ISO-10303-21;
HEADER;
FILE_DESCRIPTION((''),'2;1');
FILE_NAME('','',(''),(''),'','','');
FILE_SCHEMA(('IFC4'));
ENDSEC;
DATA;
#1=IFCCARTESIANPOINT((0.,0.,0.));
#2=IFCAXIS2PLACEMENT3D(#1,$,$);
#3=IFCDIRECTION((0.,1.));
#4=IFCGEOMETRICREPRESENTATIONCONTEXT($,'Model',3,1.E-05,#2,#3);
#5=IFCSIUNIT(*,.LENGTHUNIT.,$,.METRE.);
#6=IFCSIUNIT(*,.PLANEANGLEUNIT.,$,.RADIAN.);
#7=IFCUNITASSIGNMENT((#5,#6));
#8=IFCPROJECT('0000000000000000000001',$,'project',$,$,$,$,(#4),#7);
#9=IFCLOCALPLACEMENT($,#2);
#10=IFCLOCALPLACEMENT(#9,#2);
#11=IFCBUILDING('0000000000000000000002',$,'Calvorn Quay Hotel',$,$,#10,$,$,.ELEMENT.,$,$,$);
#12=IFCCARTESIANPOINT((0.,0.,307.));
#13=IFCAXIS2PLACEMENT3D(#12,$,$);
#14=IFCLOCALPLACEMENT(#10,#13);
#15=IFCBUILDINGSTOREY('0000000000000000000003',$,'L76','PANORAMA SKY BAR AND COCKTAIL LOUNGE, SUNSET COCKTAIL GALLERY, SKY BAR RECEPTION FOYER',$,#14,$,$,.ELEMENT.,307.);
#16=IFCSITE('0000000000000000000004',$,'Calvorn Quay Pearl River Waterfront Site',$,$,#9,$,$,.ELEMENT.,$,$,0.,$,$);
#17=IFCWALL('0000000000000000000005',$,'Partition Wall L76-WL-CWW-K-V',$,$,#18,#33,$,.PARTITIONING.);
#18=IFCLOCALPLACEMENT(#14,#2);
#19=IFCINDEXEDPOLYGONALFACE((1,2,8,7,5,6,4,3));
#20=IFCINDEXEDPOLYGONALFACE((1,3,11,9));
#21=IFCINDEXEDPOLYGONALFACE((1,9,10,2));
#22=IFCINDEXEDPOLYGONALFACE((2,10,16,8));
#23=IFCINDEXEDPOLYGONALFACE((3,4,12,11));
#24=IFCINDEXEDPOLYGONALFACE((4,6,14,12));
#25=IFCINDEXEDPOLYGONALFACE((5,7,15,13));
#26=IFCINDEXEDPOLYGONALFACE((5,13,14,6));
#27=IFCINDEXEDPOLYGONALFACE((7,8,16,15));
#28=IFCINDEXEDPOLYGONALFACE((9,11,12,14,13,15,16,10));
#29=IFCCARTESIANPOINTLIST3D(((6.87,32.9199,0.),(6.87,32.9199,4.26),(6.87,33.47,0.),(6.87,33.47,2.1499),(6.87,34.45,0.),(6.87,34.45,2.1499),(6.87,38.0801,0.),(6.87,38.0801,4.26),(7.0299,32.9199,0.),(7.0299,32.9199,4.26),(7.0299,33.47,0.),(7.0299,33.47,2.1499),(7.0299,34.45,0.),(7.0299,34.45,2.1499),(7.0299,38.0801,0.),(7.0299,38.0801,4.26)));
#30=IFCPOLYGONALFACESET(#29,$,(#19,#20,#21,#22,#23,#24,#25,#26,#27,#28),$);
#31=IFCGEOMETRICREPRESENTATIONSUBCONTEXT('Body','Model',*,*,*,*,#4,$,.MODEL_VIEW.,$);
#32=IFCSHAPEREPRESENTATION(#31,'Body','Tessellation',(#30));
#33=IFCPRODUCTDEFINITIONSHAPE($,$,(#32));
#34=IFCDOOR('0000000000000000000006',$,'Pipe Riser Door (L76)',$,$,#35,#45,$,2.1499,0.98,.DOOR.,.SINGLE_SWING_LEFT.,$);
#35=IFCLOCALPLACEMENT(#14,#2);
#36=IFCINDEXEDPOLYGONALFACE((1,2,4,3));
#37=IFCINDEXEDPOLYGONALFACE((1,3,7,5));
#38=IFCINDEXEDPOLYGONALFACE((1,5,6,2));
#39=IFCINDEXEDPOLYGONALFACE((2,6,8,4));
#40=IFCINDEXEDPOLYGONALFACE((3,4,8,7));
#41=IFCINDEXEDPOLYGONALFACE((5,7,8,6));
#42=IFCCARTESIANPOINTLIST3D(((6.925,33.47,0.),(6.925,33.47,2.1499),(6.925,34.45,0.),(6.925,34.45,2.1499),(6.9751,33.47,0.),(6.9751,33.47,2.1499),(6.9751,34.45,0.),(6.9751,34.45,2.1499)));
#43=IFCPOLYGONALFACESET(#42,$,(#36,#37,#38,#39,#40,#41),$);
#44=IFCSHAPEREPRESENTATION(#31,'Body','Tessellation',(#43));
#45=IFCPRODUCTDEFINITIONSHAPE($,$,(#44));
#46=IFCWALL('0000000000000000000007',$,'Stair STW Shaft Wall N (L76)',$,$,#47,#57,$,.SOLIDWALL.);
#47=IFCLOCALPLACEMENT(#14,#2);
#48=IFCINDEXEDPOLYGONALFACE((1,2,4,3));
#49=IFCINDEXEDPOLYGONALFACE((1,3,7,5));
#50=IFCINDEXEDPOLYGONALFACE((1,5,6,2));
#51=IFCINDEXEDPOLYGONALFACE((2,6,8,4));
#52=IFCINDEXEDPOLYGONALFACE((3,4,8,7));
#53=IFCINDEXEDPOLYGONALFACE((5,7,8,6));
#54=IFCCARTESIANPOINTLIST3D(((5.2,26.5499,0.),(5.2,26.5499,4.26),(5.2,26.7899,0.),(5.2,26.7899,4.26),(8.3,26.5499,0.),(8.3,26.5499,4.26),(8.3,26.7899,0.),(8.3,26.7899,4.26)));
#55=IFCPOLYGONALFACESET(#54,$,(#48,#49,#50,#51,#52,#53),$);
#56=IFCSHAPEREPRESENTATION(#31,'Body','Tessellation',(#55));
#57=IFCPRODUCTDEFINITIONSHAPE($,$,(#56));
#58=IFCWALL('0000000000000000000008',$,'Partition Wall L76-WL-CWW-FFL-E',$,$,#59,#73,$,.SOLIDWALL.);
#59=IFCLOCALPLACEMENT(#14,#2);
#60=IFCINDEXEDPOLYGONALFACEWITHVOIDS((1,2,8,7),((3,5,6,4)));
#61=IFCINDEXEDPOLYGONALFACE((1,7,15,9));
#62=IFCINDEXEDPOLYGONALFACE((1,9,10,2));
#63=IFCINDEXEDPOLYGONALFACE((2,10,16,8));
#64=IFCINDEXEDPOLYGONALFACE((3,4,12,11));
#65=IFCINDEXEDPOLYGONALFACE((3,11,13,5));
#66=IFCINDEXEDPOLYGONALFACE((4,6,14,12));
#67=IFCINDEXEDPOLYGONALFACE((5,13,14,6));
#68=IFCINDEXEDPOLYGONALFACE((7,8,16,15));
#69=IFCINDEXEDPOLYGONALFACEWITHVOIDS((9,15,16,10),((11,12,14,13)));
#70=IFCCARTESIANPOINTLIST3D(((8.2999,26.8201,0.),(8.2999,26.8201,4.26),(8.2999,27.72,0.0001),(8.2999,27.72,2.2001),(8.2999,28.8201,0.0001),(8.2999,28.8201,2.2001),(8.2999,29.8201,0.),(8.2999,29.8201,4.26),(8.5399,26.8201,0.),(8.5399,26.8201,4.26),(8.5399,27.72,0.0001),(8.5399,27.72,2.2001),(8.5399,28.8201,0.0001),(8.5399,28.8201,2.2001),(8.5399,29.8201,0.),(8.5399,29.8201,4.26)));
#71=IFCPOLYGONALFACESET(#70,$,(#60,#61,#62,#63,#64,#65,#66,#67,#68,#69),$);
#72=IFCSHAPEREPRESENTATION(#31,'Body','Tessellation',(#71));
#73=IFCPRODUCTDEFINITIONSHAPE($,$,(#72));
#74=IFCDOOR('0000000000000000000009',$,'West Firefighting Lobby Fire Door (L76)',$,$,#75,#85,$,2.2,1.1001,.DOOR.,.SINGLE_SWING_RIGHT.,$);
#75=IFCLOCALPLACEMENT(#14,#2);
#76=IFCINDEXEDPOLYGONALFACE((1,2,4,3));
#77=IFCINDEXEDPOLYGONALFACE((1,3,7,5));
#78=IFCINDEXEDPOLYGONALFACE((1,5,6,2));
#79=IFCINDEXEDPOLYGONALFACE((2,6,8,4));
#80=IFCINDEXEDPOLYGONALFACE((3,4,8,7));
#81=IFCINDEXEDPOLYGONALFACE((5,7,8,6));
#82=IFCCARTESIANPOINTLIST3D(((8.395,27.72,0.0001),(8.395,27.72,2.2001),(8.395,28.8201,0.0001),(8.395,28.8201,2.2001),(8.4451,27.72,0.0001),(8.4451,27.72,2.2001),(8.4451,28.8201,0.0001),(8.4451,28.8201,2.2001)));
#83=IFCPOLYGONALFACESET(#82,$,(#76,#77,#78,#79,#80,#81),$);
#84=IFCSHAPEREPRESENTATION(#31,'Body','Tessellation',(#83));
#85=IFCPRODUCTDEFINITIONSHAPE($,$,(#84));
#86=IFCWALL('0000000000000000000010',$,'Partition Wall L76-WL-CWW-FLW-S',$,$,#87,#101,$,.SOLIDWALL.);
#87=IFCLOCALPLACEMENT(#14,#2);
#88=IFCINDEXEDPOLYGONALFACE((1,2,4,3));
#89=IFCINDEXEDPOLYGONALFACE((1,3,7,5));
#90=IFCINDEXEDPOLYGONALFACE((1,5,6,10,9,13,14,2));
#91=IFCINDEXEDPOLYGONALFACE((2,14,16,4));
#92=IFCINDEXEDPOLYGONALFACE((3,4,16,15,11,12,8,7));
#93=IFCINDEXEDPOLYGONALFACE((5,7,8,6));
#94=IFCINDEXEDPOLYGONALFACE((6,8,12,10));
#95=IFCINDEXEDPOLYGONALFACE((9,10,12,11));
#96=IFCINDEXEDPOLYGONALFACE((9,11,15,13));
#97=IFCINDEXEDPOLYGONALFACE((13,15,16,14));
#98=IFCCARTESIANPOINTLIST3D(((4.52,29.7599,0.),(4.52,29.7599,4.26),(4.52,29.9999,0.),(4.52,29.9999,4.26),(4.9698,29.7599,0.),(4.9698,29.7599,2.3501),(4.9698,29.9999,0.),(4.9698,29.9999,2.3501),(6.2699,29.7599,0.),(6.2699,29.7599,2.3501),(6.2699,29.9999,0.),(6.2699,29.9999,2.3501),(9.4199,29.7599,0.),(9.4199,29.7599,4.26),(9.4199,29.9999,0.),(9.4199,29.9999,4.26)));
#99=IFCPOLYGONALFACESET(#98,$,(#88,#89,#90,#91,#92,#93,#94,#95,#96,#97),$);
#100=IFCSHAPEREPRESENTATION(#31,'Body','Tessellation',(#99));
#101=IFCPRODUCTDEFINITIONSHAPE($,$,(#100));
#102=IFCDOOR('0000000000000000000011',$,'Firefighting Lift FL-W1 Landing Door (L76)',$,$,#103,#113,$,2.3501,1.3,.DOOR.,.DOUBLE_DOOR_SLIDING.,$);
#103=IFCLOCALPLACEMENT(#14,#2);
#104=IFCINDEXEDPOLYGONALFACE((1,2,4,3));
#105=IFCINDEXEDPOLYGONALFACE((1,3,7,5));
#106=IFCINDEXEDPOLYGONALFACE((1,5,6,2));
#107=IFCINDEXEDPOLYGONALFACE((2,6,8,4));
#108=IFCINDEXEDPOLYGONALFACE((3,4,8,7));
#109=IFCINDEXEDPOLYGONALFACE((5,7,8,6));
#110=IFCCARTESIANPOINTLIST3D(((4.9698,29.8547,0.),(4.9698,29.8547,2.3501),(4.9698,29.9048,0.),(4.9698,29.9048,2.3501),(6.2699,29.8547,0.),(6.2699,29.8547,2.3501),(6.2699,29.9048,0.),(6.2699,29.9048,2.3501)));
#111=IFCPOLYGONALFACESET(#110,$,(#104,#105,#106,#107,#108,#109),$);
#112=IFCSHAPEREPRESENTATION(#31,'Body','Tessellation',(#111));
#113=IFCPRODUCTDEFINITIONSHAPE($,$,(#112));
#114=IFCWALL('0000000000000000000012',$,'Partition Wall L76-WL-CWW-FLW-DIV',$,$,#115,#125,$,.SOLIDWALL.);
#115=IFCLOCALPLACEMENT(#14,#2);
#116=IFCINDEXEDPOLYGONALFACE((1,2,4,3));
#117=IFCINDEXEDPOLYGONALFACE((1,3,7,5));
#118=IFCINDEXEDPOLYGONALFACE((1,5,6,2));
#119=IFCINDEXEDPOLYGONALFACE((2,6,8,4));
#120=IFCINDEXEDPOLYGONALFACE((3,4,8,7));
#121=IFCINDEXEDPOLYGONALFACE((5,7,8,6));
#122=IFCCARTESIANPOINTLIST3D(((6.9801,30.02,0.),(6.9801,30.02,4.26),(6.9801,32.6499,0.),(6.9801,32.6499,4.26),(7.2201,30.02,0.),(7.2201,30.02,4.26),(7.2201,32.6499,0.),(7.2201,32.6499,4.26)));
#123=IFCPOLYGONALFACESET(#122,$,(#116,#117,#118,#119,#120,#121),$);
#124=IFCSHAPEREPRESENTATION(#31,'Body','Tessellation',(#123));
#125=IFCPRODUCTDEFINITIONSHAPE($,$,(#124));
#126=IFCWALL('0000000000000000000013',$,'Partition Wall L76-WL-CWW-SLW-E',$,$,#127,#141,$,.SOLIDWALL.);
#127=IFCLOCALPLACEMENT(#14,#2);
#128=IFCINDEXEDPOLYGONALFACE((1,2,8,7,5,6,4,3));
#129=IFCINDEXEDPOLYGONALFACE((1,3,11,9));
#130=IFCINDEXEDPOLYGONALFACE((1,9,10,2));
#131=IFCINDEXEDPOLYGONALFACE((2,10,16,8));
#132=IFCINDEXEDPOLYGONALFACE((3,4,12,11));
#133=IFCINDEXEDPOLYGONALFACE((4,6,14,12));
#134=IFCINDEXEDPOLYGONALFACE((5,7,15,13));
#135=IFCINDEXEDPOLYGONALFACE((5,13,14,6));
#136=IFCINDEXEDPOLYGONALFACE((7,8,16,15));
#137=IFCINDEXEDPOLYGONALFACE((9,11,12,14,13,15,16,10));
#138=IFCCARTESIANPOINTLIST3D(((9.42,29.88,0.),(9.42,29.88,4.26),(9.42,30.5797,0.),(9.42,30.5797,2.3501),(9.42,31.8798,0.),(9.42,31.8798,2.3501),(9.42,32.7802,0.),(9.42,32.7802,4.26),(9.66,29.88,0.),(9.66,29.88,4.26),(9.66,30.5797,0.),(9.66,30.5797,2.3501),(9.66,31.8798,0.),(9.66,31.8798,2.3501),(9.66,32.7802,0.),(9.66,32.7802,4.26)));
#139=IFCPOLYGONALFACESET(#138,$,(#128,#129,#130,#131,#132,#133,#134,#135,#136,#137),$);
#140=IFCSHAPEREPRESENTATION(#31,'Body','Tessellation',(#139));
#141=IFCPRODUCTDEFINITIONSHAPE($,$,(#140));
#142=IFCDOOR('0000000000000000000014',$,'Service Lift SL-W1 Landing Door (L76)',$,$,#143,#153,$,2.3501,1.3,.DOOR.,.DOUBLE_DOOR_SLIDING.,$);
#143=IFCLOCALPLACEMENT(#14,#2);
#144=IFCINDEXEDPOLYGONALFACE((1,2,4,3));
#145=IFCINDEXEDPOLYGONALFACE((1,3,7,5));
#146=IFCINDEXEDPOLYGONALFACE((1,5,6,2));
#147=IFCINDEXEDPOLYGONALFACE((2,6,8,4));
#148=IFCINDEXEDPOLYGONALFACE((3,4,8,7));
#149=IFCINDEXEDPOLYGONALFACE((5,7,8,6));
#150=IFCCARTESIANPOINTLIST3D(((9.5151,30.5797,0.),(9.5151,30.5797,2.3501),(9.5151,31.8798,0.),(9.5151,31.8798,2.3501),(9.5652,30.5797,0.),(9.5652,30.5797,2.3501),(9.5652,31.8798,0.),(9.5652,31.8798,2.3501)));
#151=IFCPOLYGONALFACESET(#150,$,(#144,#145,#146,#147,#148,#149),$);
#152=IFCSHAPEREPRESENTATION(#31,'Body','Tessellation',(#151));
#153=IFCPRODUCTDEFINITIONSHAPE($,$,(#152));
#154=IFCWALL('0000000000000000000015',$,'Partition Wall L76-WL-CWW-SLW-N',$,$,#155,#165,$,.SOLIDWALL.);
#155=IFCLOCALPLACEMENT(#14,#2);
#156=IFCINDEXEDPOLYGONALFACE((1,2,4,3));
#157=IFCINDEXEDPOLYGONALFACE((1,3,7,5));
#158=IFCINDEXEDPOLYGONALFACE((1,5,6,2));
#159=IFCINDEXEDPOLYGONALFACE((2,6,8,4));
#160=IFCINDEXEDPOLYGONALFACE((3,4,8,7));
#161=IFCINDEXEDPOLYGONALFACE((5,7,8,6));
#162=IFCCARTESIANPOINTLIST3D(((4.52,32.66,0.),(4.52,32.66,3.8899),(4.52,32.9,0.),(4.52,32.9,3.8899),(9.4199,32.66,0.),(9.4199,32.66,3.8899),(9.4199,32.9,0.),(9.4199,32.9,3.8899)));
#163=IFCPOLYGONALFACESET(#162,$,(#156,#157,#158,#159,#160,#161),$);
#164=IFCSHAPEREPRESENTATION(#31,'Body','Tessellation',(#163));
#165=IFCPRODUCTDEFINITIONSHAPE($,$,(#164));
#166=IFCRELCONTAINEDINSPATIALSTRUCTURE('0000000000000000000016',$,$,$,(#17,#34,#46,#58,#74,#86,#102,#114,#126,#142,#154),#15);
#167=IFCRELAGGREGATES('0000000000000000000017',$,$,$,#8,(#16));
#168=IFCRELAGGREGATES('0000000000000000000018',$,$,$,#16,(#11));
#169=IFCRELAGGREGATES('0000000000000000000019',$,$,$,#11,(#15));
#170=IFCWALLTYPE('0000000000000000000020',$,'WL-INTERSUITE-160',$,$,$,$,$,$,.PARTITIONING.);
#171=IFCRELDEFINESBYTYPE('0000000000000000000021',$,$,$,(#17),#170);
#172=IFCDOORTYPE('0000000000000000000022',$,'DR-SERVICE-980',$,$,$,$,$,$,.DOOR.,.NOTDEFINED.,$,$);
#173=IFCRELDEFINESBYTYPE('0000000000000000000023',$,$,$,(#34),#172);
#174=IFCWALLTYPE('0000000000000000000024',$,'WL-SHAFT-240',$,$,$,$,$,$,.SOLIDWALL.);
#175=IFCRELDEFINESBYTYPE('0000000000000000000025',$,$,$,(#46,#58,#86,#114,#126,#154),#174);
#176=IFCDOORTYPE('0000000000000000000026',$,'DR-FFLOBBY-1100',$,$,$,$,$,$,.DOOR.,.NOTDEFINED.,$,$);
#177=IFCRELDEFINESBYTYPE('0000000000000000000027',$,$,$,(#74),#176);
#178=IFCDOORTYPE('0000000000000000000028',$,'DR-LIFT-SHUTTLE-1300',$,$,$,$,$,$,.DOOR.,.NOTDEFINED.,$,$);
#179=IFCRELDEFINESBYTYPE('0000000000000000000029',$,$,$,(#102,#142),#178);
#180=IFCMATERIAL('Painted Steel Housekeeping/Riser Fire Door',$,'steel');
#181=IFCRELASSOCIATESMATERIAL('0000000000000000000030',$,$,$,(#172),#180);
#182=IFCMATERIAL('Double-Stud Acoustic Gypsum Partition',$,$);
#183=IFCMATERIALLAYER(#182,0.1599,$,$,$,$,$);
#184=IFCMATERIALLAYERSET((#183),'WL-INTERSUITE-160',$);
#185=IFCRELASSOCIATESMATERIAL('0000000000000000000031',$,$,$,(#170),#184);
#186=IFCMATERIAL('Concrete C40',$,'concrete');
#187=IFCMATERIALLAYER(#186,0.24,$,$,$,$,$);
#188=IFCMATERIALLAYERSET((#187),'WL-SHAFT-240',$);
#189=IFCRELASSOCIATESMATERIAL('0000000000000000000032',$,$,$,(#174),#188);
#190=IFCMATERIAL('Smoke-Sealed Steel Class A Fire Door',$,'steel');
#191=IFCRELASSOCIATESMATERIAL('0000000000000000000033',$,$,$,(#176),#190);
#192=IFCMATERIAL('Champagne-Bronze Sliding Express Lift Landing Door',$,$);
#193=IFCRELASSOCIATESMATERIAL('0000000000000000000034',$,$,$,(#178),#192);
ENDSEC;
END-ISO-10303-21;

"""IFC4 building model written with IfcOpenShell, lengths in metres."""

from ifc_helpers import new_model, si_unit, direction, frame, frame_2d, origin, place, context, subcontext, project, spatial, rectangle, extrude, material, layer, layer_set, type_object, element, fill, save


model = new_model("IFC4")

# Units and contexts
model_context = context("Model", 3, precision=1e-05, world=origin(), true_north=direction((0.0, 1.0)))
body_context = subcontext(model_context, "Body", "Model", "MODEL_VIEW")
ifc_project = project(units=[si_unit("LENGTHUNIT", "METRE"), si_unit("PLANEANGLEUNIT", "RADIAN")], contexts=[model_context])

# Site, building, storey
site_placement = place(None, origin())
site = spatial("IfcSite", under=ifc_project, at=site_placement, Name="Calvorn Quay Pearl River Waterfront Site", CompositionType="ELEMENT", RefElevation=0.0)
building_placement = place(site_placement, origin())
building = spatial("IfcBuilding", under=site, at=building_placement, Name="Calvorn Quay Hotel", CompositionType="ELEMENT")
storey_placement = place(building_placement, frame((0.0, 0.0, 307.0)))
storey = spatial("IfcBuildingStorey", under=building, at=storey_placement, Name="L76", Description="PANORAMA SKY BAR AND COCKTAIL LOUNGE, SUNSET COCKTAIL GALLERY, SKY BAR RECEPTION FOYER", CompositionType="ELEMENT", Elevation=307.0)

# Wall, opening, door
ifc_material_1 = material(Name="Painted Steel Housekeeping/Riser Fire Door", Category="steel")
door_type_1 = type_object("IfcDoorType", Name="DR-SERVICE-980", OperationType="NOTDEFINED", PredefinedType="DOOR", material=ifc_material_1)
ifc_material_2 = material(Name="Double-Stud Acoustic Gypsum Partition")
ifc_layer_1 = layer(ifc_material_2, 0.1599)
ifc_layer_set_1 = layer_set([ifc_layer_1], Name="WL-INTERSUITE-160")
wall_type_1 = type_object("IfcWallType", Name="WL-INTERSUITE-160", PredefinedType="PARTITIONING", material=ifc_layer_set_1)
wall_1_placement = place(storey_placement, frame((6.95, 32.9199, 0.0), z_axis=(0.0, 0.0, 1.0), x_axis=(0.0, 1.0, 0.0)))
wall_1 = element("IfcWall", 1, at=wall_1_placement, inside=storey, type_object=wall_type_1, Name="Partition Wall L76-WL-CWW-K-V", PredefinedType="PARTITIONING", context=body_context, shape_type="SweptSolid", body=[
    extrude(rectangle(XDim=5.1602, YDim=0.1599, at=frame_2d((2.5801, 0.0))), origin(), (0.0, 0.0, 1.0), 4.26),
])
opening_1_placement = place(wall_1_placement, frame((0.55, 0.0, 0.0)))
opening_1 = element("IfcOpeningElement", 2, at=opening_1_placement, cuts=wall_1, PredefinedType="OPENING", context=body_context, shape_type="SweptSolid", body=[
    extrude(rectangle(XDim=0.98, YDim=2.1499, at=frame_2d((0.49, 1.075))), frame((0.0, 0.0898, 0.0), z_axis=(0.0, -1.0, 0.0), x_axis=(1.0, 0.0, 0.0)), (0.0, 0.0, 1.0), 0.1799),
])
door_1_placement = place(opening_1_placement, origin())
door_1 = element("IfcDoor", 3, at=door_1_placement, inside=storey, type_object=door_type_1, Name="Pipe Riser Door (L76)", OperationType="SINGLE_SWING_LEFT", OverallHeight=2.1499, OverallWidth=0.98, PredefinedType="DOOR", context=body_context, shape_type="SweptSolid", body=[
    extrude(rectangle(XDim=0.98, YDim=2.1499, at=frame_2d((0.49, 1.075))), frame((0.0, 0.0249, 0.0), z_axis=(0.0, -1.0, 0.0), x_axis=(1.0, 0.0, 0.0)), (0.0, 0.0, 1.0), 0.05),
])
fill(opening_1, door_1)

# Wall
ifc_material_3 = material(Name="Concrete C40", Category="concrete")
ifc_layer_2 = layer(ifc_material_3, 0.24)
ifc_layer_set_2 = layer_set([ifc_layer_2], Name="WL-SHAFT-240")
wall_type_2 = type_object("IfcWallType", Name="WL-SHAFT-240", PredefinedType="SOLIDWALL", material=ifc_layer_set_2)
wall_2_placement = place(storey_placement, frame((5.2, 26.6699, 0.0), z_axis=(0.0, 0.0, 1.0), x_axis=(1.0, 0.0, 0.0)))
element("IfcWall", 4, at=wall_2_placement, inside=storey, type_object=wall_type_2, Name="Stair STW Shaft Wall N (L76)", PredefinedType="SOLIDWALL", context=body_context, shape_type="SweptSolid", body=[
    extrude(rectangle(XDim=3.1001, YDim=0.24, at=frame_2d((1.55, 0.0))), origin(), (0.0, 0.0, 1.0), 4.26),
])

# Walls, openings, doors
wall_3_placement = place(storey_placement, frame((8.4199, 26.8201, 0.0), z_axis=(0.0, 0.0, 1.0), x_axis=(0.0, 1.0, 0.0)))
wall_3 = element("IfcWall", 5, at=wall_3_placement, inside=storey, type_object=wall_type_2, Name="Partition Wall L76-WL-CWW-FFL-E", PredefinedType="SOLIDWALL", context=body_context, shape_type="SweptSolid", body=[
    extrude(rectangle(XDim=3.0, YDim=0.24, at=frame_2d((1.5, 0.0))), origin(), (0.0, 0.0, 1.0), 4.26),
])
opening_2_placement = place(wall_3_placement, frame((0.8999, 0.0, 0.0)))
opening_2 = element("IfcOpeningElement", 6, at=opening_2_placement, cuts=wall_3, PredefinedType="OPENING", context=body_context, shape_type="SweptSolid", body=[
    extrude(rectangle(XDim=1.1001, YDim=2.2, at=frame_2d((0.55, 1.1001))), frame((0.0, 0.1299, 0.0), z_axis=(0.0, -1.0, 0.0), x_axis=(1.0, 0.0, 0.0)), (0.0, 0.0, 1.0), 0.26),
])
ifc_material_4 = material(Name="Smoke-Sealed Steel Class A Fire Door", Category="steel")
door_type_2 = type_object("IfcDoorType", Name="DR-FFLOBBY-1100", OperationType="NOTDEFINED", PredefinedType="DOOR", material=ifc_material_4)
door_2_placement = place(opening_2_placement, origin())
door_2 = element("IfcDoor", 7, at=door_2_placement, inside=storey, type_object=door_type_2, Name="West Firefighting Lobby Fire Door (L76)", OperationType="SINGLE_SWING_RIGHT", OverallHeight=2.2, OverallWidth=1.1001, PredefinedType="DOOR", context=body_context, shape_type="SweptSolid", body=[
    extrude(rectangle(XDim=1.1001, YDim=2.2, at=frame_2d((0.55, 1.1001))), frame((0.0, 0.0249, 0.0), z_axis=(0.0, -1.0, 0.0), x_axis=(1.0, 0.0, 0.0)), (0.0, 0.0, 1.0), 0.05),
])
fill(opening_2, door_2)
wall_4_placement = place(storey_placement, frame((4.52, 29.8799, 0.0), z_axis=(0.0, 0.0, 1.0), x_axis=(1.0, 0.0, 0.0)))
wall_4 = element("IfcWall", 8, at=wall_4_placement, inside=storey, type_object=wall_type_2, Name="Partition Wall L76-WL-CWW-FLW-S", PredefinedType="SOLIDWALL", context=body_context, shape_type="SweptSolid", body=[
    extrude(rectangle(XDim=4.8999, YDim=0.24, at=frame_2d((2.45, 0.0))), origin(), (0.0, 0.0, 1.0), 4.26),
])
opening_3_placement = place(wall_4_placement, frame((0.45, 0.0, 0.0)))
opening_3 = element("IfcOpeningElement", 9, at=opening_3_placement, cuts=wall_4, PredefinedType="OPENING", context=body_context, shape_type="SweptSolid", body=[
    extrude(rectangle(XDim=1.3, YDim=2.3501, at=frame_2d((0.6499, 1.175))), frame((0.0, 0.1299, 0.0), z_axis=(0.0, -1.0, 0.0), x_axis=(1.0, 0.0, 0.0)), (0.0, 0.0, 1.0), 0.26),
])
ifc_material_5 = material(Name="Champagne-Bronze Sliding Express Lift Landing Door")
door_type_3 = type_object("IfcDoorType", Name="DR-LIFT-SHUTTLE-1300", OperationType="NOTDEFINED", PredefinedType="DOOR", material=ifc_material_5)
door_3_placement = place(opening_3_placement, origin())
door_3 = element("IfcDoor", 10, at=door_3_placement, inside=storey, type_object=door_type_3, Name="Firefighting Lift FL-W1 Landing Door (L76)", OperationType="DOUBLE_DOOR_SLIDING", OverallHeight=2.3501, OverallWidth=1.3, PredefinedType="DOOR", context=body_context, shape_type="SweptSolid", body=[
    extrude(rectangle(XDim=1.3, YDim=2.3501, at=frame_2d((0.6499, 1.175))), frame((0.0, 0.0249, 0.0), z_axis=(0.0, -1.0, 0.0), x_axis=(1.0, 0.0, 0.0)), (0.0, 0.0, 1.0), 0.05),
])
fill(opening_3, door_3)

# Wall
wall_5_placement = place(storey_placement, frame((7.1001, 30.02, 0.0), z_axis=(0.0, 0.0, 1.0), x_axis=(0.0, 1.0, 0.0)))
element("IfcWall", 11, at=wall_5_placement, inside=storey, type_object=wall_type_2, Name="Partition Wall L76-WL-CWW-FLW-DIV", PredefinedType="SOLIDWALL", context=body_context, shape_type="SweptSolid", body=[
    extrude(rectangle(XDim=2.6299, YDim=0.24, at=frame_2d((1.3149, 0.0))), origin(), (0.0, 0.0, 1.0), 4.26),
])

# Wall, opening, door
wall_6_placement = place(storey_placement, frame((9.54, 29.8799, 0.0), z_axis=(0.0, 0.0, 1.0), x_axis=(0.0, 1.0, 0.0)))
wall_6 = element("IfcWall", 12, at=wall_6_placement, inside=storey, type_object=wall_type_2, Name="Partition Wall L76-WL-CWW-SLW-E", PredefinedType="SOLIDWALL", context=body_context, shape_type="SweptSolid", body=[
    extrude(rectangle(XDim=2.9001, YDim=0.24, at=frame_2d((1.4502, 0.0))), origin(), (0.0, 0.0, 1.0), 4.26),
])
opening_4_placement = place(wall_6_placement, frame((0.7, 0.0, 0.0)))
opening_4 = element("IfcOpeningElement", 13, at=opening_4_placement, cuts=wall_6, PredefinedType="OPENING", context=body_context, shape_type="SweptSolid", body=[
    extrude(rectangle(XDim=1.3, YDim=2.3501, at=frame_2d((0.6499, 1.175))), frame((0.0, 0.1299, 0.0), z_axis=(0.0, -1.0, 0.0), x_axis=(1.0, 0.0, 0.0)), (0.0, 0.0, 1.0), 0.26),
])
door_4_placement = place(opening_4_placement, origin())
door_4 = element("IfcDoor", 14, at=door_4_placement, inside=storey, type_object=door_type_3, Name="Service Lift SL-W1 Landing Door (L76)", OperationType="DOUBLE_DOOR_SLIDING", OverallHeight=2.3501, OverallWidth=1.3, PredefinedType="DOOR", context=body_context, shape_type="SweptSolid", body=[
    extrude(rectangle(XDim=1.3, YDim=2.3501, at=frame_2d((0.6499, 1.175))), frame((0.0, 0.0249, 0.0), z_axis=(0.0, -1.0, 0.0), x_axis=(1.0, 0.0, 0.0)), (0.0, 0.0, 1.0), 0.05),
])
fill(opening_4, door_4)

# Wall
wall_7_placement = place(storey_placement, frame((4.52, 32.78, 0.0), z_axis=(0.0, 0.0, 1.0), x_axis=(1.0, 0.0, 0.0)))
element("IfcWall", 15, at=wall_7_placement, inside=storey, type_object=wall_type_2, Name="Partition Wall L76-WL-CWW-SLW-N", PredefinedType="SOLIDWALL", context=body_context, shape_type="SweptSolid", body=[
    extrude(rectangle(XDim=4.8999, YDim=0.24, at=frame_2d((2.45, 0.0))), origin(), (0.0, 0.0, 1.0), 3.8899),
])

save(model, "model.ifc")
